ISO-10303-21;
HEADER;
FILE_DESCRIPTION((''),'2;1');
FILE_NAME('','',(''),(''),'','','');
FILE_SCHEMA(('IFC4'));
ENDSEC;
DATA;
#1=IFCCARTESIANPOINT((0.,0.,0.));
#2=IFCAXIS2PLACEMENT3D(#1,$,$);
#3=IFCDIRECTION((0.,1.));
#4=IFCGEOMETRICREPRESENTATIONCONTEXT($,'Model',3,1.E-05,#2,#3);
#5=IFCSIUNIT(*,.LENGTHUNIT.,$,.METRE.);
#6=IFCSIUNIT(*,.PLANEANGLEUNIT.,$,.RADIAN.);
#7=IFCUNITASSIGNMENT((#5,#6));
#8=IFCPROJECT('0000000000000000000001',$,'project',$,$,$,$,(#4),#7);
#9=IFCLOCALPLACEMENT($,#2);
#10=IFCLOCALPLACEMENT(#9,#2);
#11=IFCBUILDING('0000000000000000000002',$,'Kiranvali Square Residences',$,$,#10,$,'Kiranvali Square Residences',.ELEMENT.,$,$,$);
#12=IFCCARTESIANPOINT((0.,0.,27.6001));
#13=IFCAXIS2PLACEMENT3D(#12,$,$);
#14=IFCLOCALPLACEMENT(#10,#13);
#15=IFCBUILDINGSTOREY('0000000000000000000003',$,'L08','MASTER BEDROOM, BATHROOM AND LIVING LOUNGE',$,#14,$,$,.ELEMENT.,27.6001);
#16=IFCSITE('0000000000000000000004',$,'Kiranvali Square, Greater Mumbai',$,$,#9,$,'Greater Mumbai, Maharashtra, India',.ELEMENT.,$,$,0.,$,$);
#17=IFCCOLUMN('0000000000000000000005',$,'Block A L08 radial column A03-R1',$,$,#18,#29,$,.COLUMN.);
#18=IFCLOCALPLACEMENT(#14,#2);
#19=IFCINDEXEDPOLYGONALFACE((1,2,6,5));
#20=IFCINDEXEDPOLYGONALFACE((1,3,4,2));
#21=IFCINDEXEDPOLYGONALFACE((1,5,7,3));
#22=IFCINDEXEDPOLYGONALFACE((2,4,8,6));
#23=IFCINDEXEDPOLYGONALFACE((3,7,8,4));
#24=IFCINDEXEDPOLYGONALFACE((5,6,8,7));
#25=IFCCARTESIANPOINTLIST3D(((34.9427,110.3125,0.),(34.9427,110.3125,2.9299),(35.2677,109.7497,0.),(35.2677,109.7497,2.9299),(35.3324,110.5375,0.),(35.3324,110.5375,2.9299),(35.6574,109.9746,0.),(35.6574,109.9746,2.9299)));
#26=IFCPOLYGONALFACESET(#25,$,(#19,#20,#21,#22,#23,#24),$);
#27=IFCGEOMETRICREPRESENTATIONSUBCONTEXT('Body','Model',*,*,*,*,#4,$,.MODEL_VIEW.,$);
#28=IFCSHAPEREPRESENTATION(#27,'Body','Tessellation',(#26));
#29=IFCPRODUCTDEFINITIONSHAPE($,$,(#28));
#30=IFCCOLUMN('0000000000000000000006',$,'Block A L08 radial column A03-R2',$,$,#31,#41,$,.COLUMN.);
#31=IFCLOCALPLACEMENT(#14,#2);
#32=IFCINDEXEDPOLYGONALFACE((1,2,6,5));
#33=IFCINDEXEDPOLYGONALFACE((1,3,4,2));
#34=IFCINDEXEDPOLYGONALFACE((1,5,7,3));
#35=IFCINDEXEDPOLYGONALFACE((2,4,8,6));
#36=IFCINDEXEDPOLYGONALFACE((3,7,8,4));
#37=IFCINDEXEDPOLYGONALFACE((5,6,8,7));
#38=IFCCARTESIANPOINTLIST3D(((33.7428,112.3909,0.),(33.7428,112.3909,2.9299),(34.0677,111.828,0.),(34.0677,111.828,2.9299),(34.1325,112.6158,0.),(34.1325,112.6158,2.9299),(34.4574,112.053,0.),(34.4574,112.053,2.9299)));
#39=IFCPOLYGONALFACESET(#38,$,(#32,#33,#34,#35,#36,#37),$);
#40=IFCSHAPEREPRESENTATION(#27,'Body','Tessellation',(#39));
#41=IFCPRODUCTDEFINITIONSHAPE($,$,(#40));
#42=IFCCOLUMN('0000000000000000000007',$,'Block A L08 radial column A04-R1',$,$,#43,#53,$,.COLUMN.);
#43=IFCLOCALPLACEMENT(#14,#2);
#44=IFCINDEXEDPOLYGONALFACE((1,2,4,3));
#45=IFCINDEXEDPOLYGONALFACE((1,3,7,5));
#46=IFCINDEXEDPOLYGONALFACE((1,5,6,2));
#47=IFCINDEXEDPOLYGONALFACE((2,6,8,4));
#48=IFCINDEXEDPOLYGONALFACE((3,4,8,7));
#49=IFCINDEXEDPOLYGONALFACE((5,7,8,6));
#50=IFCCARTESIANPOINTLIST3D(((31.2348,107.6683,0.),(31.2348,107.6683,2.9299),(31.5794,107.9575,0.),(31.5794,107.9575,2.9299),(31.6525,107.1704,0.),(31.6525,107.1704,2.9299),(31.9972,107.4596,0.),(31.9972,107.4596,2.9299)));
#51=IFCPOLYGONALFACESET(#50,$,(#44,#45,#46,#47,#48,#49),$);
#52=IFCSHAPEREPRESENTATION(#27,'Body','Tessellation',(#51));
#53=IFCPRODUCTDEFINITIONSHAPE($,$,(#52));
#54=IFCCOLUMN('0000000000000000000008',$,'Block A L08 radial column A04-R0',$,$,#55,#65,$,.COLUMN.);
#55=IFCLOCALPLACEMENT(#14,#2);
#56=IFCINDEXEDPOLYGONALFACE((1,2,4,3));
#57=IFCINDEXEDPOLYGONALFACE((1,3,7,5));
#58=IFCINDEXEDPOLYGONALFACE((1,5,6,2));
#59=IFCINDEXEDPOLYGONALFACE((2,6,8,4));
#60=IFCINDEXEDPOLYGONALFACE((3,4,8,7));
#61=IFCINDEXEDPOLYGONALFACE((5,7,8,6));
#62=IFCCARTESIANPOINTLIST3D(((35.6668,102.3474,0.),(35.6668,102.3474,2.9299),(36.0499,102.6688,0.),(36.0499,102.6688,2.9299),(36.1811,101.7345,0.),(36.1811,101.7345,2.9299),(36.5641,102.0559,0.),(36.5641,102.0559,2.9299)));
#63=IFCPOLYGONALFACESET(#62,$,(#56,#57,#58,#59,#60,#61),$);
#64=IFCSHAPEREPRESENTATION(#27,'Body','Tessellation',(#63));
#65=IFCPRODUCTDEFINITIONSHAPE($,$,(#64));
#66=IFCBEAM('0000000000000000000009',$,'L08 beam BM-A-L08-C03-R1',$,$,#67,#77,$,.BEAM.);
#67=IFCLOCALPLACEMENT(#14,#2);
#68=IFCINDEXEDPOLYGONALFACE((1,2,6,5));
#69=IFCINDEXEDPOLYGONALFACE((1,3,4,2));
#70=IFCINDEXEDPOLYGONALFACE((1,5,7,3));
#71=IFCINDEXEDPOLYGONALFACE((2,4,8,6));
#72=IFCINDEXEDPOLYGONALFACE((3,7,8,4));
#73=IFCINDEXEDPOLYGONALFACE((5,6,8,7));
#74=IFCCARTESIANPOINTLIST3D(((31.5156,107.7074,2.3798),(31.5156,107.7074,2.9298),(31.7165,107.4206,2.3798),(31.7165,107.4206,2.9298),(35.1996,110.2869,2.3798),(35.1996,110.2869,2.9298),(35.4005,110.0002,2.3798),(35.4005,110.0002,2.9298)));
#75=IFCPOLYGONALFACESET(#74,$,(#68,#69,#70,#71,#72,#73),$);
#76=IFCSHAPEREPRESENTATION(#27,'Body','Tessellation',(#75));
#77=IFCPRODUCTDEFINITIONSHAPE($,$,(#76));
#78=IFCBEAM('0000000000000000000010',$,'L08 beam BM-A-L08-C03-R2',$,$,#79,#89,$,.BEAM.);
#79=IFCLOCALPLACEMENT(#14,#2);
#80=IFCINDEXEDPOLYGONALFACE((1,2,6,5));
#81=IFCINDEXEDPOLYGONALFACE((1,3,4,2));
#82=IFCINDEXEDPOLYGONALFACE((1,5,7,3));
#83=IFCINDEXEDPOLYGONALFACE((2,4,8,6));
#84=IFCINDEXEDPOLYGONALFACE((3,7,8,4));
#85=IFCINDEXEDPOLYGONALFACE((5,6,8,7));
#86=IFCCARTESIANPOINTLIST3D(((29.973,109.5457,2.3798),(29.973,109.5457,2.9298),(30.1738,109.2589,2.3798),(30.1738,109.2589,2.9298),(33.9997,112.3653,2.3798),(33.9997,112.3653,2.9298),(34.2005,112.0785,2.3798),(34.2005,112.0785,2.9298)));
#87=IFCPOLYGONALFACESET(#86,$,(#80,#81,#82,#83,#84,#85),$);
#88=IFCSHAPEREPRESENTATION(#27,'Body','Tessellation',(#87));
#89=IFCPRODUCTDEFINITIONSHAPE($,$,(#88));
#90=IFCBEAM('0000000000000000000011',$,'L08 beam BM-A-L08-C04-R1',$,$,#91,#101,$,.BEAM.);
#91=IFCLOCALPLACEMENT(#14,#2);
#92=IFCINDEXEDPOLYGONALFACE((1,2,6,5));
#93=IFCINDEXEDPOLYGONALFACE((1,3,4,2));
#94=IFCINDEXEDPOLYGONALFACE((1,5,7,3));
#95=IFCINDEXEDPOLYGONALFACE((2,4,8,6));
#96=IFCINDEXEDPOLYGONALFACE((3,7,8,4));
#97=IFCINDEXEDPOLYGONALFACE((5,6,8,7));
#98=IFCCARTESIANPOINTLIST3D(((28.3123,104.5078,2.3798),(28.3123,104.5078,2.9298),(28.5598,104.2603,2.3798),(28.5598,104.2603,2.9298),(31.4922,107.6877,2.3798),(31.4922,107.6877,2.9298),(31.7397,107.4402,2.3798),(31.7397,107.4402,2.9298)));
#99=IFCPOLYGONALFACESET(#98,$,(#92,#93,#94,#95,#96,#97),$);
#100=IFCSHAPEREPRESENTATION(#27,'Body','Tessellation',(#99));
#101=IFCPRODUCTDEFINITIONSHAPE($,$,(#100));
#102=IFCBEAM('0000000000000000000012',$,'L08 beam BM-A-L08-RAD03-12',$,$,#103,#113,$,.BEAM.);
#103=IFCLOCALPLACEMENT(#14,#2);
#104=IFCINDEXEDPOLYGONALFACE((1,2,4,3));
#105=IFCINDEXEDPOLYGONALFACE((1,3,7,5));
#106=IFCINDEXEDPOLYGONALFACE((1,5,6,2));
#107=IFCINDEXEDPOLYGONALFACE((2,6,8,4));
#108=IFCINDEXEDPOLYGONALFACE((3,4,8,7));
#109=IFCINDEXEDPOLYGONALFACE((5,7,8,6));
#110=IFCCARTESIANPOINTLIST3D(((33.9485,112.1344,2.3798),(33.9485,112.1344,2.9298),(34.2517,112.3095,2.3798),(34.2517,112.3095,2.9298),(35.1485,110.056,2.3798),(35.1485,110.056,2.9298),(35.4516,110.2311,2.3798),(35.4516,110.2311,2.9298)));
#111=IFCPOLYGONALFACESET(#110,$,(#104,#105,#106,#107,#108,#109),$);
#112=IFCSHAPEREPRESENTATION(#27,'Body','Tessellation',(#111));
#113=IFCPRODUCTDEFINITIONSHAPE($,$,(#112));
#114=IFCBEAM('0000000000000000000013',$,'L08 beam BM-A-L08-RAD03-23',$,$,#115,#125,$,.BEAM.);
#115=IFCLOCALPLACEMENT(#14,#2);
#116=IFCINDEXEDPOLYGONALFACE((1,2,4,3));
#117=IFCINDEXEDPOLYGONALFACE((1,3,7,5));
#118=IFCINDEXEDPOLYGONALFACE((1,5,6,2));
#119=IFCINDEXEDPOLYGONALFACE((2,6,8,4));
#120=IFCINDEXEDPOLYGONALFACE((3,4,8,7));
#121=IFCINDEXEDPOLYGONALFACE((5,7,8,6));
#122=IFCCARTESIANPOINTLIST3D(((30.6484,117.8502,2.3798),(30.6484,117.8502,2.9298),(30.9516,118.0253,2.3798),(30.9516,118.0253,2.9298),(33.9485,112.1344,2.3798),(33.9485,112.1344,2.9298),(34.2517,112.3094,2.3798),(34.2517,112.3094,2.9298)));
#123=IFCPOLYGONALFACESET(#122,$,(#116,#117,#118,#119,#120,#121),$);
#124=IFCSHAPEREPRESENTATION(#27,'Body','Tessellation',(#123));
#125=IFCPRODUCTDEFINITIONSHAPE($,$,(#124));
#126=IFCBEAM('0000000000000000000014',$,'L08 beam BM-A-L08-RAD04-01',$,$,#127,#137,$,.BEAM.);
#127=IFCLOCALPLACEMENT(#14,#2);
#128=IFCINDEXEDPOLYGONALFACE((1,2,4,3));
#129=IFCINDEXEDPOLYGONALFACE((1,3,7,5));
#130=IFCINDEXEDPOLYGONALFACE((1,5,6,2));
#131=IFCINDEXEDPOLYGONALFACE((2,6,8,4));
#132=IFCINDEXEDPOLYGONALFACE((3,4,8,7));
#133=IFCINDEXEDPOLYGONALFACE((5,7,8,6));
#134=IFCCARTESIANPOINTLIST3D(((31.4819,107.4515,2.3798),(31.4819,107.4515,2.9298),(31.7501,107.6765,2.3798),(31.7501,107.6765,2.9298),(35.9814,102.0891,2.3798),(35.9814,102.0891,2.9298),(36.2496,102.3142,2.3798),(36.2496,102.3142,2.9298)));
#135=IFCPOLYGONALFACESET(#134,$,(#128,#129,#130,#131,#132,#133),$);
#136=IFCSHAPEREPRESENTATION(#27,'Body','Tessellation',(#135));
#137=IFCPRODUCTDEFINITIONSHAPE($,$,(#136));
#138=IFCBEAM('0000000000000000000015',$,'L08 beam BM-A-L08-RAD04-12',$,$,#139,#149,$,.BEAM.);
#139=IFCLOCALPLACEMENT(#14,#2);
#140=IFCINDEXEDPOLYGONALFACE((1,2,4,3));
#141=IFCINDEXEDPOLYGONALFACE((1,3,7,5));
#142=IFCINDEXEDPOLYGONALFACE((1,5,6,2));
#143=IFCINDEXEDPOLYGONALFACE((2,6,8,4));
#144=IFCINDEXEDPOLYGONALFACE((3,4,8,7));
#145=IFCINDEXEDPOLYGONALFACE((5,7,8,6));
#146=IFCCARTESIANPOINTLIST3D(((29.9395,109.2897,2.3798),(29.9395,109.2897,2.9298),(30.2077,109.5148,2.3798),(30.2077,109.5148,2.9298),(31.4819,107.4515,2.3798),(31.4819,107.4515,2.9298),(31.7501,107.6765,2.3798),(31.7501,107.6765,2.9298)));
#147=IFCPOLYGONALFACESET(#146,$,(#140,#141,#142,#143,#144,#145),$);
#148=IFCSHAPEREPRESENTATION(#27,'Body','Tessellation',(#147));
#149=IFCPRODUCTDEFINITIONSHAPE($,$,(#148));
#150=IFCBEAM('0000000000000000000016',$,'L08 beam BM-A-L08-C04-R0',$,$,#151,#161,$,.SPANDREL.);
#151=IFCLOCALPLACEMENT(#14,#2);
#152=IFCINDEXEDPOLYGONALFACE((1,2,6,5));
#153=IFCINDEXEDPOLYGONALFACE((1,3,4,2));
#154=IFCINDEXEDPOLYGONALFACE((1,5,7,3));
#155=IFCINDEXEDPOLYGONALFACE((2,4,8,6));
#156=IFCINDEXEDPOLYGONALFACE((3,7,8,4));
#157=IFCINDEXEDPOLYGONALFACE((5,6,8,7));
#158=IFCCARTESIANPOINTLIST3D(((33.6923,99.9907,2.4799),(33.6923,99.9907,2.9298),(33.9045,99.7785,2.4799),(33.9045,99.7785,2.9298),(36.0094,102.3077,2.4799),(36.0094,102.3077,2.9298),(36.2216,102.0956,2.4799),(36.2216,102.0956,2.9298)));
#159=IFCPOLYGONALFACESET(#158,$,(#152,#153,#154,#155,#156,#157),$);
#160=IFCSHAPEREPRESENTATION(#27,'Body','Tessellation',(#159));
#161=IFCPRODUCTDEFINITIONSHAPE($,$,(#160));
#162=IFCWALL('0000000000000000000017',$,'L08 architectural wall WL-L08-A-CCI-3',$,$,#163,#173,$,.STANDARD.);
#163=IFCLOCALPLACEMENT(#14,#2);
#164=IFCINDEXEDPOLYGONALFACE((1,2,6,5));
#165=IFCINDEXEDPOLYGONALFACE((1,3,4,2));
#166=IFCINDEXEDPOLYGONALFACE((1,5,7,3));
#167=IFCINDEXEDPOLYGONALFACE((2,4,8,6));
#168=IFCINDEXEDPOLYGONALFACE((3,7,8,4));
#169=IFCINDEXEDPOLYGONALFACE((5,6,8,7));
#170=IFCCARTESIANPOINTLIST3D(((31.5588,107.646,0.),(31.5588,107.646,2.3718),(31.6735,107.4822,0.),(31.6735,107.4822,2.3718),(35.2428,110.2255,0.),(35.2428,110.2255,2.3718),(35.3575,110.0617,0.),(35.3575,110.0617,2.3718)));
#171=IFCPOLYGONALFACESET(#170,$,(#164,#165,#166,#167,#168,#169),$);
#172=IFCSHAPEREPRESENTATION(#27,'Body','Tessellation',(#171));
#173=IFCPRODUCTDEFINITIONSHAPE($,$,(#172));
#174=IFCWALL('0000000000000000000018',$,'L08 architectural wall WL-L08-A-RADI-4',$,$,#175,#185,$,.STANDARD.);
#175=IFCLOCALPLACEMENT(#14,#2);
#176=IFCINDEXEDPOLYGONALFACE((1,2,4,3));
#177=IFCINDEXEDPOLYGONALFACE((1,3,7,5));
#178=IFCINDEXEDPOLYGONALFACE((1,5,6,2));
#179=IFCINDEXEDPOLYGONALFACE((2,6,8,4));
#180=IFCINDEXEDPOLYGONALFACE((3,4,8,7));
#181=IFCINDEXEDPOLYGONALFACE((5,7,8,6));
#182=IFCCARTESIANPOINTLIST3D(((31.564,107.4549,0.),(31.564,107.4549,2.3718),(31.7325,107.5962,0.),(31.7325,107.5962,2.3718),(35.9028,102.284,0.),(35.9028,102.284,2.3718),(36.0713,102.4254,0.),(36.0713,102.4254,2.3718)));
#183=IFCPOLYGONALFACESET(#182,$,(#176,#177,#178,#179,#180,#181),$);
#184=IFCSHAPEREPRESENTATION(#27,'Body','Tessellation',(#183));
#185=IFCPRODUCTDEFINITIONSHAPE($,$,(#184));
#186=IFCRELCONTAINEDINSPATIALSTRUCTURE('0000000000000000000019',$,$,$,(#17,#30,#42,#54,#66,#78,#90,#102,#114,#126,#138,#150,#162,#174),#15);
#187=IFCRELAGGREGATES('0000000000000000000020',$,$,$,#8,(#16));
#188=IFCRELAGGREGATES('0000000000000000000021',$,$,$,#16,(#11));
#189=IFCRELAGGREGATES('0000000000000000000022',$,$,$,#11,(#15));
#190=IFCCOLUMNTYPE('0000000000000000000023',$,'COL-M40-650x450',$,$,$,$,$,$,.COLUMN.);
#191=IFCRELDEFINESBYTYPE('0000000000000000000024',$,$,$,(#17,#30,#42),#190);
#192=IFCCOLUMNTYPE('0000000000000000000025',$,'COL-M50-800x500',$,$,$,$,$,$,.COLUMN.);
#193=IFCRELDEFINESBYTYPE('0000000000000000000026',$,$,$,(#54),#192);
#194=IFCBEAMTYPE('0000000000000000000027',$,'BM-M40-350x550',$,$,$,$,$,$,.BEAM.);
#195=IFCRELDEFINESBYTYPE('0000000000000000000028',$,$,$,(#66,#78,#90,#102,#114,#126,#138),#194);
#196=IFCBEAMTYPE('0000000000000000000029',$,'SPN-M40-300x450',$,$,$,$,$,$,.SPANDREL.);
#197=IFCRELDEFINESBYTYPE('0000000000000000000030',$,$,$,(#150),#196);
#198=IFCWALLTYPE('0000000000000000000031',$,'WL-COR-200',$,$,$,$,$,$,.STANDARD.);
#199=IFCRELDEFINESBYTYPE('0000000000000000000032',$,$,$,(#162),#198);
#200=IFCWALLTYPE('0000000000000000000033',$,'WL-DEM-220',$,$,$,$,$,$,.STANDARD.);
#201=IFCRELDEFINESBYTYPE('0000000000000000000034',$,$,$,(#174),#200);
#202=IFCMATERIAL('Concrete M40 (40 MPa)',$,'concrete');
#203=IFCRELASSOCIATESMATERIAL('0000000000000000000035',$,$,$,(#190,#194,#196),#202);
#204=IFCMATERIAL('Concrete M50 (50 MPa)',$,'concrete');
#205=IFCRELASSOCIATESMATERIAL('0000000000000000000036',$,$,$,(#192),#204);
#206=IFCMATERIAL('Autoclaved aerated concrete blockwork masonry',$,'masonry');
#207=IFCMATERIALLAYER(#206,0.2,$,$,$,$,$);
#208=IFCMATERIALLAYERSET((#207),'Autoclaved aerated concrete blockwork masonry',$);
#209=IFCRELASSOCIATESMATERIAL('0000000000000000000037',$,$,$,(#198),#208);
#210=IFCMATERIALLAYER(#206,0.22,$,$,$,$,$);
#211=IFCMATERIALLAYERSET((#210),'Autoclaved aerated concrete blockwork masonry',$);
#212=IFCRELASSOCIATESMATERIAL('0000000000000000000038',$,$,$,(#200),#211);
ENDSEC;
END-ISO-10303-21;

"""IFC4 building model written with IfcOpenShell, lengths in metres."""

from ifc_helpers import new_model, si_unit, direction, frame, frame_2d, origin, origin_2d, place, context, subcontext, project, spatial, rectangle, extrude, material, layer, layer_set, material_profile, profile_set, type_object, element, save


model = new_model("IFC4")

# Units and contexts
model_context = context("Model", 3, precision=1e-05, world=origin(), true_north=direction((0.0, 1.0)))
body_context = subcontext(model_context, "Body", "Model", "MODEL_VIEW")
ifc_project = project(units=[si_unit("LENGTHUNIT", "METRE"), si_unit("PLANEANGLEUNIT", "RADIAN")], contexts=[model_context])

# Site, building, storey
site_placement = place(None, origin())
site = spatial("IfcSite", under=ifc_project, at=site_placement, Name="Kiranvali Square, Greater Mumbai", LongName="Greater Mumbai, Maharashtra, India", CompositionType="ELEMENT", RefElevation=0.0)
building_placement = place(site_placement, origin())
building = spatial("IfcBuilding", under=site, at=building_placement, Name="Kiranvali Square Residences", LongName="Kiranvali Square Residences", CompositionType="ELEMENT")
storey_placement = place(building_placement, frame((0.0, 0.0, 27.6001)))
storey = spatial("IfcBuildingStorey", under=building, at=storey_placement, Name="L08", Description="MASTER BEDROOM, BATHROOM AND LIVING LOUNGE", CompositionType="ELEMENT", Elevation=27.6001)

# Columns
ifc_material_1 = material(Name="Concrete M40 (40 MPa)", Category="concrete")
ifc_material_profile_1 = material_profile(ifc_material_1, rectangle(XDim=0.45, YDim=0.6499, at=origin_2d()), Name="RC 650x450")
ifc_profile_set_1 = profile_set([ifc_material_profile_1], Name="Concrete M40 (40 MPa)")
column_type_1 = type_object("IfcColumnType", Name="COL-M40-650x450", PredefinedType="COLUMN", material=ifc_profile_set_1)
for number, where, z_axis, x_axis, name in (
    (1, (35.3, 110.1436, 0.0), (0.0, 0.0, 1.0), (0.866025, 0.5, 0.0), "Block A L08 radial column A03-R1"),
    (2, (34.1001, 112.2219, 0.0), (0.0, 0.0, 1.0), (0.866025, 0.5, 0.0), "Block A L08 radial column A03-R2"),
    (3, (31.616, 107.564, 0.0), (0.0, 0.0, 1.0), (0.766044, 0.642788, 0.0), "Block A L08 radial column A04-R1"),
):
    element("IfcColumn", number, at=place(storey_placement, frame(where, z_axis=z_axis, x_axis=x_axis)), inside=storey, type_object=column_type_1, Name=name, PredefinedType="COLUMN", context=body_context, shape_type="SweptSolid", body=[
        extrude(rectangle(XDim=0.45, YDim=0.6499, at=origin_2d()), origin(), (0.0, 0.0, 1.0), 2.9299),
    ])
ifc_material_2 = material(Name="Concrete M50 (50 MPa)", Category="concrete")
ifc_material_profile_2 = material_profile(ifc_material_2, rectangle(XDim=0.5, YDim=0.8, at=origin_2d()), Name="RC 800x500")
ifc_profile_set_2 = profile_set([ifc_material_profile_2], Name="Concrete M50 (50 MPa)")
column_type_2 = type_object("IfcColumnType", Name="COL-M50-800x500", PredefinedType="COLUMN", material=ifc_profile_set_2)
column_placement = place(storey_placement, frame((36.1155, 102.2017, 0.0), z_axis=(0.0, 0.0, 1.0), x_axis=(0.766044, 0.642788, 0.0)))
element("IfcColumn", 4, at=column_placement, inside=storey, type_object=column_type_2, Name="Block A L08 radial column A04-R0", PredefinedType="COLUMN", context=body_context, shape_type="SweptSolid", body=[
    extrude(rectangle(XDim=0.5, YDim=0.8, at=origin_2d()), origin(), (0.0, 0.0, 1.0), 2.9299),
])

# Beams
ifc_material_profile_3 = material_profile(ifc_material_1, rectangle(XDim=0.3501, YDim=0.55, at=origin_2d()), Name="RC 350x550")
ifc_profile_set_3 = profile_set([ifc_material_profile_3], Name="Concrete M40 (40 MPa)")
beam_type_1 = type_object("IfcBeamType", Name="BM-M40-350x550", PredefinedType="BEAM", material=ifc_profile_set_3)
beam_1_placement = place(storey_placement, frame((35.3, 110.1436, 2.6548), z_axis=(-0.819155, -0.573572, 0.0), x_axis=(0.573572, -0.819155, 0.0)))
element("IfcBeam", 5, at=beam_1_placement, inside=storey, type_object=beam_type_1, Name="L08 beam BM-A-L08-C03-R1", PredefinedType="BEAM", context=body_context, shape_type="SweptSolid", body=[
    extrude(rectangle(XDim=0.3501, YDim=0.55, at=origin_2d()), origin(), (0.0, 0.0, 1.0), 4.4973),
])
beam_2_placement = place(storey_placement, frame((34.1001, 112.2219, 2.6548), z_axis=(-0.819141, -0.573592, 0.0), x_axis=(0.573592, -0.819141, 0.0)))
element("IfcBeam", 6, at=beam_2_placement, inside=storey, type_object=beam_type_1, Name="L08 beam BM-A-L08-C03-R2", PredefinedType="BEAM", context=body_context, shape_type="SweptSolid", body=[
    extrude(rectangle(XDim=0.3501, YDim=0.55, at=origin_2d()), origin(), (0.0, 0.0, 1.0), 4.9158),
])
beam_3_placement = place(storey_placement, frame((31.616, 107.564, 2.6548), z_axis=(-0.707107, -0.707107, 0.0), x_axis=(0.707107, -0.707107, 0.0)))
element("IfcBeam", 7, at=beam_3_placement, inside=storey, type_object=beam_type_1, Name="L08 beam BM-A-L08-C04-R1", PredefinedType="BEAM", context=body_context, shape_type="SweptSolid", body=[
    extrude(rectangle(XDim=0.3501, YDim=0.55, at=origin_2d()), origin(), (0.0, 0.0, 1.0), 4.4971),
])
beam_4_placement = place(storey_placement, frame((35.3, 110.1436, 2.6548), z_axis=(-0.500001, 0.866025, 0.0), x_axis=(-0.866025, -0.500001, 0.0)))
element("IfcBeam", 8, at=beam_4_placement, inside=storey, type_object=beam_type_1, Name="L08 beam BM-A-L08-RAD03-12", PredefinedType="BEAM", context=body_context, shape_type="SweptSolid", body=[
    extrude(rectangle(XDim=0.3501, YDim=0.55, at=origin_2d()), origin(), (0.0, 0.0, 1.0), 2.3999),
])
beam_5_placement = place(storey_placement, frame((34.1001, 112.2219, 2.6548), z_axis=(-0.500002, 0.866024, 0.0), x_axis=(-0.866024, -0.500002, 0.0)))
element("IfcBeam", 9, at=beam_5_placement, inside=storey, type_object=beam_type_1, Name="L08 beam BM-A-L08-RAD03-23", PredefinedType="BEAM", context=body_context, shape_type="SweptSolid", body=[
    extrude(rectangle(XDim=0.3501, YDim=0.55, at=origin_2d()), origin(), (0.0, 0.0, 1.0), 6.6001),
])
beam_6_placement = place(storey_placement, frame((36.1155, 102.2017, 2.6548), z_axis=(-0.642788, 0.766044, 0.0), x_axis=(-0.766044, -0.642788, 0.0)))
element("IfcBeam", 10, at=beam_6_placement, inside=storey, type_object=beam_type_1, Name="L08 beam BM-A-L08-RAD04-01", PredefinedType="BEAM", context=body_context, shape_type="SweptSolid", body=[
    extrude(rectangle(XDim=0.3501, YDim=0.55, at=origin_2d()), origin(), (0.0, 0.0, 1.0), 7.0),
])
beam_7_placement = place(storey_placement, frame((31.616, 107.564, 2.6548), z_axis=(-0.642763, 0.766065, 0.0), x_axis=(-0.766065, -0.642763, 0.0)))
element("IfcBeam", 11, at=beam_7_placement, inside=storey, type_object=beam_type_1, Name="L08 beam BM-A-L08-RAD04-12", PredefinedType="BEAM", context=body_context, shape_type="SweptSolid", body=[
    extrude(rectangle(XDim=0.3501, YDim=0.55, at=origin_2d()), origin(), (0.0, 0.0, 1.0), 2.3997),
])
ifc_material_profile_4 = material_profile(ifc_material_1, rectangle(XDim=0.3, YDim=0.45, at=origin_2d()), Name="RC 300x450")
ifc_profile_set_4 = profile_set([ifc_material_profile_4], Name="Concrete M40 (40 MPa)")
beam_type_2 = type_object("IfcBeamType", Name="SPN-M40-300x450", PredefinedType="SPANDREL", material=ifc_profile_set_4)
beam_8_placement = place(storey_placement, frame((36.1155, 102.2017, 2.7048), z_axis=(-0.707107, -0.707107, 0.0), x_axis=(0.707107, -0.707107, 0.0)))
element("IfcBeam", 12, at=beam_8_placement, inside=storey, type_object=beam_type_2, Name="L08 beam BM-A-L08-C04-R0", PredefinedType="SPANDREL", context=body_context, shape_type="SweptSolid", body=[
    extrude(rectangle(XDim=0.3, YDim=0.45, at=origin_2d()), origin(), (0.0, 0.0, 1.0), 3.2769),
])

# Wall
ifc_material_3 = material(Name="Autoclaved aerated concrete blockwork masonry", Category="masonry")
ifc_layer_1 = layer(ifc_material_3, 0.2)
ifc_layer_set_1 = layer_set([ifc_layer_1], Name="Autoclaved aerated concrete blockwork masonry")
wall_type_1 = type_object("IfcWallType", Name="WL-COR-200", PredefinedType="STANDARD", material=ifc_layer_set_1)
wall_1_placement = place(storey_placement, frame((35.3, 110.1436, 0.0), z_axis=(0.0, 0.0, 1.0), x_axis=(-0.819155, -0.573572, 0.0)))
element("IfcWall", 13, at=wall_1_placement, inside=storey, type_object=wall_type_1, Name="L08 architectural wall WL-L08-A-CCI-3", PredefinedType="STANDARD", context=body_context, shape_type="SweptSolid", body=[
    extrude(rectangle(XDim=4.4973, YDim=0.2, at=frame_2d((2.2485, 0.0))), origin(), (0.0, 0.0, 1.0), 2.3718),
])

# Wall
ifc_layer_2 = layer(ifc_material_3, 0.22)
ifc_layer_set_2 = layer_set([ifc_layer_2], Name="Autoclaved aerated concrete blockwork masonry")
wall_type_2 = type_object("IfcWallType", Name="WL-DEM-220", PredefinedType="STANDARD", material=ifc_layer_set_2)
wall_2_placement = place(storey_placement, frame((35.9871, 102.3547, 0.0), z_axis=(0.0, 0.0, 1.0), x_axis=(-0.642785, 0.766047, 0.0)))
element("IfcWall", 14, at=wall_2_placement, inside=storey, type_object=wall_type_2, Name="L08 architectural wall WL-L08-A-RADI-4", PredefinedType="STANDARD", context=body_context, shape_type="SweptSolid", body=[
    extrude(rectangle(XDim=6.75, YDim=0.22, at=frame_2d((3.375, 0.0))), origin(), (0.0, 0.0, 1.0), 2.3718),
])

save(model, "model.ifc")
